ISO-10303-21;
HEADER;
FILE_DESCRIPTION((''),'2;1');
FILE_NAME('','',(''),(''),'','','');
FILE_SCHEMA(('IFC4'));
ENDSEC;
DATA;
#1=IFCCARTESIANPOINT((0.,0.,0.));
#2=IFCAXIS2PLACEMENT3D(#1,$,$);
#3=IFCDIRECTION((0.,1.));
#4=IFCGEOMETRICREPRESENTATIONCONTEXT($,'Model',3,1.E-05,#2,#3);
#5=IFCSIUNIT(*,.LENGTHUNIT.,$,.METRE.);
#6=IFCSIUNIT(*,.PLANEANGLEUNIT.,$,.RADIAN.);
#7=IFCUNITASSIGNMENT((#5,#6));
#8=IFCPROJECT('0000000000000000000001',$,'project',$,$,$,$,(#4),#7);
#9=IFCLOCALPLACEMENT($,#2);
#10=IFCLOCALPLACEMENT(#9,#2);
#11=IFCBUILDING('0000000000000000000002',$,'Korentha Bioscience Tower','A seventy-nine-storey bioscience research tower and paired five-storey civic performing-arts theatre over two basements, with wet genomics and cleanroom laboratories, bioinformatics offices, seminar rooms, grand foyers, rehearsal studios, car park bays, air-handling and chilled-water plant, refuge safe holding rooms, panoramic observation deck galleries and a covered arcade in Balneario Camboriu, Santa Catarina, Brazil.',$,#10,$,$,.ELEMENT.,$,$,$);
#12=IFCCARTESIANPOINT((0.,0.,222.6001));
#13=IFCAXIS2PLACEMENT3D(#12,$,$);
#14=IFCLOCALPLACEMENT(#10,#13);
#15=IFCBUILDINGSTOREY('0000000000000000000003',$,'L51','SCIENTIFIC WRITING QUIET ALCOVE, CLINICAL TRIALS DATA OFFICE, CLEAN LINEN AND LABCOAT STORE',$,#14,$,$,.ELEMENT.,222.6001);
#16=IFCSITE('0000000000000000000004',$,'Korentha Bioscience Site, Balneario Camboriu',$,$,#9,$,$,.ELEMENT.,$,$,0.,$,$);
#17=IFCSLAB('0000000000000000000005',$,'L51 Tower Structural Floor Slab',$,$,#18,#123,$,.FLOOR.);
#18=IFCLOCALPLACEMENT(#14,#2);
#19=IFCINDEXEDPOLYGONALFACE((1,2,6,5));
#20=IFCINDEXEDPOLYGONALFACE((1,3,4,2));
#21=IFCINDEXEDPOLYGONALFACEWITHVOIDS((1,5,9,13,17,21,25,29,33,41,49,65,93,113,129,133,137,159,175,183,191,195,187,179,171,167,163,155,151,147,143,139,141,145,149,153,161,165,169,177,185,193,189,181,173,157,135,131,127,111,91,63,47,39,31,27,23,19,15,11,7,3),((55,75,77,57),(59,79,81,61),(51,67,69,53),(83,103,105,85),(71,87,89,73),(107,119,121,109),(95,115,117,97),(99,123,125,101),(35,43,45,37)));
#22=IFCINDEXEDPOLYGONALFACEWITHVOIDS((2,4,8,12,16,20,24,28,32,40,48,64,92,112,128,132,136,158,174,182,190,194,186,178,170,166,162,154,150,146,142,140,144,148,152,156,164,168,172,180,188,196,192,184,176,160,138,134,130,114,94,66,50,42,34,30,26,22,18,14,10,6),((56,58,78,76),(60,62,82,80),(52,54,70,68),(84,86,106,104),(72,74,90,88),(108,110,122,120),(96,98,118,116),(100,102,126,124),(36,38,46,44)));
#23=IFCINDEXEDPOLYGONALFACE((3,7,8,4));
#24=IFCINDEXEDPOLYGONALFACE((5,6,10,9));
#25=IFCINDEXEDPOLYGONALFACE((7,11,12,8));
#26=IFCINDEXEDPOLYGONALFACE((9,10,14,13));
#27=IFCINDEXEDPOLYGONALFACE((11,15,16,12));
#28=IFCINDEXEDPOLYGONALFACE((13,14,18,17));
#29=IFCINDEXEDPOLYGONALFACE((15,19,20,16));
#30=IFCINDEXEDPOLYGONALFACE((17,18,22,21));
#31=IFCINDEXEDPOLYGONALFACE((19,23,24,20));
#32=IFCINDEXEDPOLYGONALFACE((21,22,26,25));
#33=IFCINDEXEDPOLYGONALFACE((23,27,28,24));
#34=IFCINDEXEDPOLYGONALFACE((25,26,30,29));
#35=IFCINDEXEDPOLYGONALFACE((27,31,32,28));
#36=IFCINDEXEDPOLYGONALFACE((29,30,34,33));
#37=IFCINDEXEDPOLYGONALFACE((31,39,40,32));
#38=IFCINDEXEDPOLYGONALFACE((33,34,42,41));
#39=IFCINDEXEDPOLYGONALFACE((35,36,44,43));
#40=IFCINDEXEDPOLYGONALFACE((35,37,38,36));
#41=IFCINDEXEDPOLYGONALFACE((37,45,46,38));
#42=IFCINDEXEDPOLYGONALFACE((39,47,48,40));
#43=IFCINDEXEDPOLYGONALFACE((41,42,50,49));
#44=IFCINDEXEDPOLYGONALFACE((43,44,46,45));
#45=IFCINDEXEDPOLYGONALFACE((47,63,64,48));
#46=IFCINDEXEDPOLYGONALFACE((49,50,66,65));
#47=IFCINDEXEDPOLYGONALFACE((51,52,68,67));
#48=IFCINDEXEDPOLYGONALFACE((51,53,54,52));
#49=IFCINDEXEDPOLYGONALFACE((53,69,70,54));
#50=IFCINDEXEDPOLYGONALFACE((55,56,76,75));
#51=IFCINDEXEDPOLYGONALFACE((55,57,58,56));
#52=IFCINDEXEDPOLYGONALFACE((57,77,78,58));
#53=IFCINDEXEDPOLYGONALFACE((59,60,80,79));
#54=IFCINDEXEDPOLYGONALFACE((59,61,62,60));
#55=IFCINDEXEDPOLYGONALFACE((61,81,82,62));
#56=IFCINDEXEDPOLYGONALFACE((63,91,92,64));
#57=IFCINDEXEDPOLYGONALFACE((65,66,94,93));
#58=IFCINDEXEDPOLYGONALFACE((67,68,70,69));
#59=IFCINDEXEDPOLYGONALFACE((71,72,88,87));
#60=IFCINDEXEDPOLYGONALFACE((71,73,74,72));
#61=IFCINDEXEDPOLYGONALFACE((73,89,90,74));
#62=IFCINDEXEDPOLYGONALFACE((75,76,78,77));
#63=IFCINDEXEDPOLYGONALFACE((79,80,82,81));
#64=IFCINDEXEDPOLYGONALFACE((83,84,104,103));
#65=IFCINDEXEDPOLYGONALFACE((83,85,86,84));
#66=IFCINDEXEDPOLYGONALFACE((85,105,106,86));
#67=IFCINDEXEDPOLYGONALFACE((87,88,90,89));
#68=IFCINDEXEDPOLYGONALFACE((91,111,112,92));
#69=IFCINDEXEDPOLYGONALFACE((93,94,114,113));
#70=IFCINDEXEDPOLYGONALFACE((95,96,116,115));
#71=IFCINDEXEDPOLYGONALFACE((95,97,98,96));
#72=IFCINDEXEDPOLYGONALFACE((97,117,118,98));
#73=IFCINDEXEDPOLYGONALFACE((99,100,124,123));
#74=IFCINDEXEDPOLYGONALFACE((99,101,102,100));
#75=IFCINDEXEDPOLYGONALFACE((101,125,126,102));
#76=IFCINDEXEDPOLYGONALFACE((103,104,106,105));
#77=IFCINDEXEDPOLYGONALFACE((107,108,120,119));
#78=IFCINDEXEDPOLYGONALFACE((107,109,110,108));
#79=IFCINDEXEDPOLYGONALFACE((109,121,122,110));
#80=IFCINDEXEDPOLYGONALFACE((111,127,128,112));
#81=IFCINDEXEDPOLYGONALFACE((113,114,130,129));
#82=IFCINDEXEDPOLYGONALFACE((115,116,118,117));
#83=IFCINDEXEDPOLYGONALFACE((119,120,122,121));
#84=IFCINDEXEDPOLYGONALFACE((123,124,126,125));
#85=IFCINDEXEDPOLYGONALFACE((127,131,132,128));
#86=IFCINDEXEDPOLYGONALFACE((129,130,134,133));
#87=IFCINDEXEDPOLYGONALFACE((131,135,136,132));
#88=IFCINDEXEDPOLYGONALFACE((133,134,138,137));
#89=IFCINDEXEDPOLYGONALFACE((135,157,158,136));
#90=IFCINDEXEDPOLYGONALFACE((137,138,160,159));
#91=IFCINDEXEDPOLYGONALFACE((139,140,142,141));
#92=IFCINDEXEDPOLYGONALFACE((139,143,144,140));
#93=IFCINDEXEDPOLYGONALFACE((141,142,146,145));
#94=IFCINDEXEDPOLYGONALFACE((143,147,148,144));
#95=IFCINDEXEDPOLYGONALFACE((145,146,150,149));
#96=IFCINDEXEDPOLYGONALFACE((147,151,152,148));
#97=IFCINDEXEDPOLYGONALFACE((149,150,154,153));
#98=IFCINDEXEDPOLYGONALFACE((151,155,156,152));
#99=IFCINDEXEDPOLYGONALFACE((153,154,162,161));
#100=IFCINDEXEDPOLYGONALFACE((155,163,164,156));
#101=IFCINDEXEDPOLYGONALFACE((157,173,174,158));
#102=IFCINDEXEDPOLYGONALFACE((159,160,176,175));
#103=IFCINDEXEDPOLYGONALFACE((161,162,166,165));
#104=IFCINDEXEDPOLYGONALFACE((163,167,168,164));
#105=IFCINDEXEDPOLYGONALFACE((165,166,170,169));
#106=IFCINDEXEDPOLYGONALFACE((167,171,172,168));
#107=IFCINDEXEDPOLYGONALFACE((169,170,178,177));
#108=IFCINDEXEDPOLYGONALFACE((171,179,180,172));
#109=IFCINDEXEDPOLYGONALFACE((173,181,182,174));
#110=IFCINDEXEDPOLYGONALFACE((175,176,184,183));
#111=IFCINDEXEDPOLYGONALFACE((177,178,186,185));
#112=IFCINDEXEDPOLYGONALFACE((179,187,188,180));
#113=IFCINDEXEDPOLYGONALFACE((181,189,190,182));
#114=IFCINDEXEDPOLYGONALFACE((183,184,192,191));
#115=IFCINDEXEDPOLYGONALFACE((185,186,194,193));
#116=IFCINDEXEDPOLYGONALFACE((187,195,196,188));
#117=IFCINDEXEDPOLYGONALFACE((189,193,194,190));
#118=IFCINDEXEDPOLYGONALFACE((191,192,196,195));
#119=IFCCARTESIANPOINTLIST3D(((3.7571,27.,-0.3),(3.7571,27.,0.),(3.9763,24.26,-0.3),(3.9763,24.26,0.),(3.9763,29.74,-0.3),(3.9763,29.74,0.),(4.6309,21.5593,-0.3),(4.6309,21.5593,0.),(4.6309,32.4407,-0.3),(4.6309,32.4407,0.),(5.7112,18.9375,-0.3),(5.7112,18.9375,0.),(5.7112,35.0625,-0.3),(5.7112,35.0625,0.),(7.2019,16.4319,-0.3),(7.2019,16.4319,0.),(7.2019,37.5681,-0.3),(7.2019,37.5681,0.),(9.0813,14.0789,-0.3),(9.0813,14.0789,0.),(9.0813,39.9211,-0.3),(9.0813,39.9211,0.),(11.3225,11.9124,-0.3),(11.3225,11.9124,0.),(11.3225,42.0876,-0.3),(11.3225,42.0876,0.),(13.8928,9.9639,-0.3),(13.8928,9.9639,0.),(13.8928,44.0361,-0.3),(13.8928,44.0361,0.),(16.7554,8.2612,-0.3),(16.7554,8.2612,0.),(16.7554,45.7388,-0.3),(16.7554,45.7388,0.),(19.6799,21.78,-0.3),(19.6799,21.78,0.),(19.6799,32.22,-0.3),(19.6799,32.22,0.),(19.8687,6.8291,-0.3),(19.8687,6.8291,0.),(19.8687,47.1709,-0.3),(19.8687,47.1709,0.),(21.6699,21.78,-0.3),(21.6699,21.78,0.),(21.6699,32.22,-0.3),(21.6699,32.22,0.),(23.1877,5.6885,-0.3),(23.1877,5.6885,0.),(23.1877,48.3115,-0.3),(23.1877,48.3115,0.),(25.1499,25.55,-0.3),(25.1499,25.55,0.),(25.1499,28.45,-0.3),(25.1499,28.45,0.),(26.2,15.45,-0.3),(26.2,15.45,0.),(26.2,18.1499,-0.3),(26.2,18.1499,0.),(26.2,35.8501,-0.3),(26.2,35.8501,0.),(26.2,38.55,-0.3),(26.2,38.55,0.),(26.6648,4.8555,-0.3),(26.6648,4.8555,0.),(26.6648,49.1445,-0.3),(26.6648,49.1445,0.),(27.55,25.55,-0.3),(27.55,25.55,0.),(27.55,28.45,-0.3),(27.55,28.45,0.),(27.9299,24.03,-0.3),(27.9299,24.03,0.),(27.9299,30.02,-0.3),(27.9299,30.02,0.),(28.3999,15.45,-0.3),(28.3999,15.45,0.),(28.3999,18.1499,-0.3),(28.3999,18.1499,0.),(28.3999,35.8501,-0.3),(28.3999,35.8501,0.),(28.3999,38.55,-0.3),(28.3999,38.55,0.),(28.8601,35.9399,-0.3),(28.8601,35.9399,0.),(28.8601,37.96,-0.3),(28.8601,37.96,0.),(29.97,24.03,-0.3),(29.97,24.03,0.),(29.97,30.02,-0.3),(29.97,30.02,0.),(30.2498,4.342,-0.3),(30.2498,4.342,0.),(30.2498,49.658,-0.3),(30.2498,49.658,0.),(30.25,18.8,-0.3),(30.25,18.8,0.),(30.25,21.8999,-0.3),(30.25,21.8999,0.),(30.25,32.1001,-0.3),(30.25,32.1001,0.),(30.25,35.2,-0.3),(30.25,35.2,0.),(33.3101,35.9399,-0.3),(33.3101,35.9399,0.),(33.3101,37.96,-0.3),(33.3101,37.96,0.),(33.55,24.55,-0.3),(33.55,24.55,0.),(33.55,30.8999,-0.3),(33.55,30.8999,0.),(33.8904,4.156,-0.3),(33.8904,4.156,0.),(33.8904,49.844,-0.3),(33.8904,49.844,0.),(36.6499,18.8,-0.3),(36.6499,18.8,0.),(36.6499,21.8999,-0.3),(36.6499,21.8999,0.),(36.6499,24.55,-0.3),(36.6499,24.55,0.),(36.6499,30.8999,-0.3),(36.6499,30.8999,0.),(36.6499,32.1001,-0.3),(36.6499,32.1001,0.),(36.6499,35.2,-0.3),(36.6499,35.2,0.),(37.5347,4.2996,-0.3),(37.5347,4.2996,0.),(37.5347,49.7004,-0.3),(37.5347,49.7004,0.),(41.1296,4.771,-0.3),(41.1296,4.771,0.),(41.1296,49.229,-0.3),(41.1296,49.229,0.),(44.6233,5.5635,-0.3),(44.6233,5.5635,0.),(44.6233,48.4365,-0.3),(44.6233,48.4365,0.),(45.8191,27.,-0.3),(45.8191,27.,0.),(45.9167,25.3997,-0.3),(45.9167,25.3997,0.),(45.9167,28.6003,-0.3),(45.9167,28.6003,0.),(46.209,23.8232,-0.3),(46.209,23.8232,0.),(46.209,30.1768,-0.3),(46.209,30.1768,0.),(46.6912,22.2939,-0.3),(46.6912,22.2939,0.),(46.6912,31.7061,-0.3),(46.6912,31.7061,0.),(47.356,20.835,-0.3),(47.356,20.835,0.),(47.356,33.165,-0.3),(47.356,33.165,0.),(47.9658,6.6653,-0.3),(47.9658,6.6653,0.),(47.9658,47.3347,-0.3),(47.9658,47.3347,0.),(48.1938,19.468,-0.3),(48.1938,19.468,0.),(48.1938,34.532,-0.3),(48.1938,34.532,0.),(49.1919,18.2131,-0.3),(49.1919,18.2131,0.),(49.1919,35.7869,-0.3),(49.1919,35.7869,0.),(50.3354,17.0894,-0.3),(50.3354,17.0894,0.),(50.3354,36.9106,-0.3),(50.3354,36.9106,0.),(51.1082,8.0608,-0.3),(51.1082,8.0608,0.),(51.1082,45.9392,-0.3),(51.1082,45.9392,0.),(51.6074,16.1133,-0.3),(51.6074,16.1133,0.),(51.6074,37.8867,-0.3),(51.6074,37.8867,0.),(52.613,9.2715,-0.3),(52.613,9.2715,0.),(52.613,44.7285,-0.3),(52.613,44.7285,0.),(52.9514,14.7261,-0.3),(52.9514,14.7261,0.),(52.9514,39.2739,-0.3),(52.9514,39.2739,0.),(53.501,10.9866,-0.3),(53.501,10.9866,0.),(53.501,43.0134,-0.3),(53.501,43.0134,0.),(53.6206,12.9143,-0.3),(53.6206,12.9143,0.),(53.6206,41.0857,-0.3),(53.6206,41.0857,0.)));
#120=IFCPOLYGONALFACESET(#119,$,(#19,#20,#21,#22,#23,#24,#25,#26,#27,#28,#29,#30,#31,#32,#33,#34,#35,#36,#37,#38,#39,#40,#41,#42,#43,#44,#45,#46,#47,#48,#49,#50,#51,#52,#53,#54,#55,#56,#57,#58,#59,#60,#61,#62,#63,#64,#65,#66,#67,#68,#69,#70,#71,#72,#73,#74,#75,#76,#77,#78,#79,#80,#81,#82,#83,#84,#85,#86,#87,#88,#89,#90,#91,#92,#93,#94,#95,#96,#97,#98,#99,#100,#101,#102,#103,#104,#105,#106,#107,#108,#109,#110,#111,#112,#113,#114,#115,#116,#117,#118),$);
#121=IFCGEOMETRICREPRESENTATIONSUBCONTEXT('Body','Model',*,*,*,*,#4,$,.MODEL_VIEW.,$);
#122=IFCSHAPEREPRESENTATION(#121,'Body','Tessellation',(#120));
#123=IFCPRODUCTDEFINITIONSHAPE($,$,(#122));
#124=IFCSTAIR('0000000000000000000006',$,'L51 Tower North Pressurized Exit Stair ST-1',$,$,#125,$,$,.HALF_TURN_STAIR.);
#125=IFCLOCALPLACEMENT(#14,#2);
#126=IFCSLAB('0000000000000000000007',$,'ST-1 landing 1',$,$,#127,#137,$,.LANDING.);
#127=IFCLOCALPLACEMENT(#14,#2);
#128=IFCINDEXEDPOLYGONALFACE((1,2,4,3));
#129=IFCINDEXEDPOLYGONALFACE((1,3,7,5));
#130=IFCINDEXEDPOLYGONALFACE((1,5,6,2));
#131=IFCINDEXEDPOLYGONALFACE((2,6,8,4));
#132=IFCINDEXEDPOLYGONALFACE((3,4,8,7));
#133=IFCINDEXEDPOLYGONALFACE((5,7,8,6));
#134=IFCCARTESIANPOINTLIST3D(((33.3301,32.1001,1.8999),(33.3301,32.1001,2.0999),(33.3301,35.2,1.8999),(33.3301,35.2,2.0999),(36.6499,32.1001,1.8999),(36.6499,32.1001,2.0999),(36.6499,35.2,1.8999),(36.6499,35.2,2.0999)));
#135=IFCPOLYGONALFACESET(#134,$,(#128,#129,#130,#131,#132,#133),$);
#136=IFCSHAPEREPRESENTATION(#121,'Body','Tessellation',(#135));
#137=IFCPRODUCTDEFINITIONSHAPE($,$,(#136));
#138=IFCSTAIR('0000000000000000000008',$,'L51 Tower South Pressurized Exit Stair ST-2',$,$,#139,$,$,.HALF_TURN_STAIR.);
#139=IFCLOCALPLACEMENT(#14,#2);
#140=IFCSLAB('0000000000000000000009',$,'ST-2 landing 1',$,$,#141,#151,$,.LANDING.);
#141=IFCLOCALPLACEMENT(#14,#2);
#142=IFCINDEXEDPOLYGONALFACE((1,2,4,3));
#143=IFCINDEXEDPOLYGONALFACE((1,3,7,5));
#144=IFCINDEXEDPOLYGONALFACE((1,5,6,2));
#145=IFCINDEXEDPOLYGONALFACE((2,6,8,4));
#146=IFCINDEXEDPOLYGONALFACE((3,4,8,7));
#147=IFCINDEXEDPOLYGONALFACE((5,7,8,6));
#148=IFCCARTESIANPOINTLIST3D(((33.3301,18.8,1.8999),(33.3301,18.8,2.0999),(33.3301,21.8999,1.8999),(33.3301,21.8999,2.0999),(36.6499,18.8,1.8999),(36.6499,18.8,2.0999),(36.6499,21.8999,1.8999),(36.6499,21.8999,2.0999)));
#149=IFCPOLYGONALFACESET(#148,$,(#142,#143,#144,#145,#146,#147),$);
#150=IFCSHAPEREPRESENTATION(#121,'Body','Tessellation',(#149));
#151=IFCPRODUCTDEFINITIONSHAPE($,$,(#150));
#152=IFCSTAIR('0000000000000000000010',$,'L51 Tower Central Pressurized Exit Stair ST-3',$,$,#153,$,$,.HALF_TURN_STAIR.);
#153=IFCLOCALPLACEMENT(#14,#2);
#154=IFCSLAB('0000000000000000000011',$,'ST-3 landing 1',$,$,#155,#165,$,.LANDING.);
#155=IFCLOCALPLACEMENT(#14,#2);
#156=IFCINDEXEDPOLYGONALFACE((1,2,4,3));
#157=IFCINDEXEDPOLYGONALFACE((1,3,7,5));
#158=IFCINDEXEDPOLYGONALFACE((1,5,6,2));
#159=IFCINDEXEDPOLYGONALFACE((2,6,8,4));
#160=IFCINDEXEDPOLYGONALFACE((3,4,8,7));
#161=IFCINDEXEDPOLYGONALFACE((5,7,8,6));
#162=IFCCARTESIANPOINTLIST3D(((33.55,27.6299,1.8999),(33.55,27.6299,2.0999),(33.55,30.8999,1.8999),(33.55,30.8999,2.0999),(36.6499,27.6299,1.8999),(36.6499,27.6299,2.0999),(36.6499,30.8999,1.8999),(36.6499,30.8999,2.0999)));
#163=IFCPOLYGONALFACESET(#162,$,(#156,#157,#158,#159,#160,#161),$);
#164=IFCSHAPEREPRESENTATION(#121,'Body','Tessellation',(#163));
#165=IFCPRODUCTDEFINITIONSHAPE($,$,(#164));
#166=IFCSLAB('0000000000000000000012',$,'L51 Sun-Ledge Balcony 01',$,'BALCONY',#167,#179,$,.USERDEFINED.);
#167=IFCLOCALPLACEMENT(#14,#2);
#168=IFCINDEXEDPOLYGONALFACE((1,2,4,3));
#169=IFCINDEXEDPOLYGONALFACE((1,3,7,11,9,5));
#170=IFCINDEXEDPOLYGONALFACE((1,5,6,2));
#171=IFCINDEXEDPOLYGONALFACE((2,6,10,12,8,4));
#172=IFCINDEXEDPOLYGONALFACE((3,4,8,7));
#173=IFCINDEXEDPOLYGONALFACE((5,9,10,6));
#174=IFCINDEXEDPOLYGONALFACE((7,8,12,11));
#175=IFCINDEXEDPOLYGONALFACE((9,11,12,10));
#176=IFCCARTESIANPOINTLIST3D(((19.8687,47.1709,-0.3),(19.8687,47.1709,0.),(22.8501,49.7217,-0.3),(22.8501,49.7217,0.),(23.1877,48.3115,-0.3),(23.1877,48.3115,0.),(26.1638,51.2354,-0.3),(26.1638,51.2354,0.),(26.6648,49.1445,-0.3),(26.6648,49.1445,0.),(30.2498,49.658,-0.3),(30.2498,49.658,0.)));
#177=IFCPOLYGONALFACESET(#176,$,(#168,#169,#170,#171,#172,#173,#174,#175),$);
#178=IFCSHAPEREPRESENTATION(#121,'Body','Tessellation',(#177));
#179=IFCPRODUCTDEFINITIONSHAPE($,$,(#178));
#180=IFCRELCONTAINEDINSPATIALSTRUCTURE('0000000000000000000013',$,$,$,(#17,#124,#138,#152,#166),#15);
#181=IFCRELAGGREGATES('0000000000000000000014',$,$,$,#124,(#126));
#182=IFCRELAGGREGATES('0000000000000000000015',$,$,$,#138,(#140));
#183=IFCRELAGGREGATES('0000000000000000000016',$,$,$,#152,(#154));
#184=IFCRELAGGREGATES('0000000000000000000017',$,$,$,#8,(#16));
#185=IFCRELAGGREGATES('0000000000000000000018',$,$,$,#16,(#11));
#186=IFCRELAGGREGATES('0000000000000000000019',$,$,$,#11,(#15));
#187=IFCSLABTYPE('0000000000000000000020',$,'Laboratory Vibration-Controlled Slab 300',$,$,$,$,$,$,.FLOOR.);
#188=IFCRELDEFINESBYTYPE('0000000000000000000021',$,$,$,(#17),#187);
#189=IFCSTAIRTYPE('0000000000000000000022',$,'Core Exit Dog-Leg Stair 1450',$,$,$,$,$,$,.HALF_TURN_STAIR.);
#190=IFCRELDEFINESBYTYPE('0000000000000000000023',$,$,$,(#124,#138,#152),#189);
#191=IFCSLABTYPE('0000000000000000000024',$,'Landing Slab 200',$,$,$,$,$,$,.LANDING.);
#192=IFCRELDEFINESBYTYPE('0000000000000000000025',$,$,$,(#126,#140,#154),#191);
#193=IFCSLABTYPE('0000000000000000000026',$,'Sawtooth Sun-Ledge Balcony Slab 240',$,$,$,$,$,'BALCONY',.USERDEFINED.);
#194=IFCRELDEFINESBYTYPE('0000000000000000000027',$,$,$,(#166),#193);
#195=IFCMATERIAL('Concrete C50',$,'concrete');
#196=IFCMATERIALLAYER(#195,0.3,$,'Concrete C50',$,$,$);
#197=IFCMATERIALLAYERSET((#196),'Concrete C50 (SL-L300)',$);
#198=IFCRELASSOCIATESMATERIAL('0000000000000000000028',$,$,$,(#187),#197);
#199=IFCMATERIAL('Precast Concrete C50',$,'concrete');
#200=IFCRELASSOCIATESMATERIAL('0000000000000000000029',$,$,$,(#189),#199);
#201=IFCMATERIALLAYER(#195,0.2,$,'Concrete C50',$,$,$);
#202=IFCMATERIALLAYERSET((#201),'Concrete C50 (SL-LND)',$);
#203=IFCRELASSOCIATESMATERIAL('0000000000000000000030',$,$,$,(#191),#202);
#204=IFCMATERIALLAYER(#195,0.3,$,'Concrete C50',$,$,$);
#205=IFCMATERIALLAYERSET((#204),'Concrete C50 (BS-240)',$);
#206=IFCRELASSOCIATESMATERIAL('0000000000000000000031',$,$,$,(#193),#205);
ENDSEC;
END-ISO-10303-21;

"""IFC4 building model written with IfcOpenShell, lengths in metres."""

from ifc_helpers import new_model, si_unit, direction, frame, origin, place, context, subcontext, project, spatial, polyline, outline, extrude, material, layer, layer_set, type_object, element, aggregate, save


model = new_model("IFC4")

# Units and contexts
model_context = context("Model", 3, precision=1e-05, world=origin(), true_north=direction((0.0, 1.0)))
body_context = subcontext(model_context, "Body", "Model", "MODEL_VIEW")
ifc_project = project(units=[si_unit("LENGTHUNIT", "METRE"), si_unit("PLANEANGLEUNIT", "RADIAN")], contexts=[model_context])

# Site, building, storey
site_placement = place(None, origin())
site = spatial("IfcSite", under=ifc_project, at=site_placement, Name="Korentha Bioscience Site, Balneario Camboriu", CompositionType="ELEMENT", RefElevation=0.0)
building_placement = place(site_placement, origin())
building = spatial("IfcBuilding", under=site, at=building_placement, Name="Korentha Bioscience Tower", Description="A seventy-nine-storey bioscience research tower and paired five-storey civic performing-arts theatre over two basements, with wet genomics and cleanroom laboratories, bioinformatics offices, seminar rooms, grand foyers, rehearsal studios, car park bays, air-handling and chilled-water plant, refuge safe holding rooms, panoramic observation deck galleries and a covered arcade in Balneario Camboriu, Santa Catarina, Brazil.", CompositionType="ELEMENT")
storey_placement = place(building_placement, frame((0.0, 0.0, 222.6001)))
storey = spatial("IfcBuildingStorey", under=building, at=storey_placement, Name="L51", Description="SCIENTIFIC WRITING QUIET ALCOVE, CLINICAL TRIALS DATA OFFICE, CLEAN LINEN AND LABCOAT STORE", CompositionType="ELEMENT", Elevation=222.6001)

# Slab
ifc_material_1 = material(Name="Concrete C50", Category="concrete")
ifc_layer_1 = layer(ifc_material_1, 0.3, Name="Concrete C50")
ifc_layer_set_1 = layer_set([ifc_layer_1], Name="Concrete C50 (SL-L300)")
slab_type_1 = type_object("IfcSlabType", Name="Laboratory Vibration-Controlled Slab 300", PredefinedType="FLOOR", material=ifc_layer_set_1)
slab_1_placement = place(storey_placement, frame((0.0, 0.0, -0.3)))
element("IfcSlab", 1, at=slab_1_placement, inside=storey, type_object=slab_type_1, Name="L51 Tower Structural Floor Slab", PredefinedType="FLOOR", context=body_context, shape_type="SweptSolid", body=[
    extrude(outline(polyline([(51.1082, 45.9392), (47.9658, 47.3347), (44.6233, 48.4365), (41.1296, 49.229), (37.5347, 49.7004), (33.8904, 49.844), (30.2498, 49.658), (26.6648, 49.1445), (23.1877, 48.3115), (19.8687, 47.1709), (16.7554, 45.7388), (13.8928, 44.0361), (11.3225, 42.0876), (9.0813, 39.9211), (7.2019, 37.5681), (5.7112, 35.0625), (4.6309, 32.4407), (3.9763, 29.74), (3.7571, 27.0), (3.9763, 24.26), (4.6309, 21.5593), (5.7112, 18.9375), (7.2019, 16.4319), (9.0813, 14.0789), (11.3225, 11.9124), (13.8928, 9.9639), (16.7554, 8.2612), (19.8687, 6.8291), (23.1877, 5.6885), (26.6648, 4.8555), (30.2498, 4.342), (33.8904, 4.156), (37.5347, 4.2996), (41.1296, 4.771), (44.6233, 5.5635), (47.9658, 6.6653), (51.1082, 8.0608), (52.613, 9.2715), (53.501, 10.9866), (53.6206, 12.9143), (52.9514, 14.7261), (51.6074, 16.1133), (50.3354, 17.0894), (49.1919, 18.2131), (48.1938, 19.468), (47.356, 20.835), (46.6912, 22.2939), (46.209, 23.8232), (45.9167, 25.3997), (45.8191, 27.0), (45.9167, 28.6003), (46.209, 30.1768), (46.6912, 31.7061), (47.356, 33.165), (48.1938, 34.532), (49.1919, 35.7869), (50.3354, 36.9106), (51.6074, 37.8867), (52.9514, 39.2739), (53.6206, 41.0857), (53.501, 43.0134), (52.613, 44.7285), (51.1082, 45.9392)]), holes=[polyline([(30.25, 32.1001), (36.6499, 32.1001), (36.6499, 35.2), (30.25, 35.2), (30.25, 32.1001)]), polyline([(30.25, 18.8), (36.6499, 18.8), (36.6499, 21.8999), (30.25, 21.8999), (30.25, 18.8)]), polyline([(36.6499, 24.55), (36.6499, 30.8999), (33.55, 30.8999), (33.55, 24.55), (36.6499, 24.55)]), polyline([(19.6799, 21.78), (21.6699, 21.78), (21.6699, 32.22), (19.6799, 32.22), (19.6799, 21.78)]), polyline([(27.9299, 24.03), (29.97, 24.03), (29.97, 30.02), (27.9299, 30.02), (27.9299, 24.03)]), polyline([(28.8601, 35.9399), (33.3101, 35.9399), (33.3101, 37.96), (28.8601, 37.96), (28.8601, 35.9399)]), polyline([(26.2, 15.45), (28.3999, 15.45), (28.3999, 18.1499), (26.2, 18.1499), (26.2, 15.45)]), polyline([(26.2, 35.8501), (28.3999, 35.8501), (28.3999, 38.55), (26.2, 38.55), (26.2, 35.8501)]), polyline([(25.1499, 25.55), (27.55, 25.55), (27.55, 28.45), (25.1499, 28.45), (25.1499, 25.55)])]), origin(), (0.0, 0.0, 1.0), 0.3),
])

# Stairs, slabs
ifc_material_2 = material(Name="Precast Concrete C50", Category="concrete")
stair_type = type_object("IfcStairType", Name="Core Exit Dog-Leg Stair 1450", PredefinedType="HALF_TURN_STAIR", material=ifc_material_2)
stair_1_placement = place(storey_placement, origin())
stair_1 = element("IfcStair", 2, at=stair_1_placement, inside=storey, type_object=stair_type, Name="L51 Tower North Pressurized Exit Stair ST-1", PredefinedType="HALF_TURN_STAIR")
ifc_layer_2 = layer(ifc_material_1, 0.2, Name="Concrete C50")
ifc_layer_set_2 = layer_set([ifc_layer_2], Name="Concrete C50 (SL-LND)")
slab_type_2 = type_object("IfcSlabType", Name="Landing Slab 200", PredefinedType="LANDING", material=ifc_layer_set_2)
slab_2_placement = place(storey_placement, frame((0.0, 0.0, 1.8999)))
slab_2 = element("IfcSlab", 3, at=slab_2_placement, type_object=slab_type_2, Name="ST-1 landing 1", PredefinedType="LANDING", context=body_context, shape_type="SweptSolid", body=[
    extrude(outline(polyline([(33.3301, 32.1001), (36.6499, 32.1001), (36.6499, 35.2), (33.3301, 35.2), (33.3301, 32.1001)])), origin(), (0.0, 0.0, 1.0), 0.2),
])
aggregate(stair_1, [slab_2])
stair_2_placement = place(storey_placement, origin())
stair_2 = element("IfcStair", 4, at=stair_2_placement, inside=storey, type_object=stair_type, Name="L51 Tower South Pressurized Exit Stair ST-2", PredefinedType="HALF_TURN_STAIR")
slab_3_placement = place(storey_placement, frame((0.0, 0.0, 1.8999)))
slab_3 = element("IfcSlab", 5, at=slab_3_placement, type_object=slab_type_2, Name="ST-2 landing 1", PredefinedType="LANDING", context=body_context, shape_type="SweptSolid", body=[
    extrude(outline(polyline([(33.3301, 18.8), (36.6499, 18.8), (36.6499, 21.8999), (33.3301, 21.8999), (33.3301, 18.8)])), origin(), (0.0, 0.0, 1.0), 0.2),
])
aggregate(stair_2, [slab_3])
stair_3_placement = place(storey_placement, origin())
stair_3 = element("IfcStair", 6, at=stair_3_placement, inside=storey, type_object=stair_type, Name="L51 Tower Central Pressurized Exit Stair ST-3", PredefinedType="HALF_TURN_STAIR")
slab_4_placement = place(storey_placement, frame((0.0, 0.0, 1.8999)))
slab_4 = element("IfcSlab", 7, at=slab_4_placement, type_object=slab_type_2, Name="ST-3 landing 1", PredefinedType="LANDING", context=body_context, shape_type="SweptSolid", body=[
    extrude(outline(polyline([(36.6499, 27.6299), (36.6499, 30.8999), (33.55, 30.8999), (33.55, 27.6299), (36.6499, 27.6299)])), origin(), (0.0, 0.0, 1.0), 0.2),
])
aggregate(stair_3, [slab_4])

# Slab
ifc_layer_3 = layer(ifc_material_1, 0.3, Name="Concrete C50")
ifc_layer_set_3 = layer_set([ifc_layer_3], Name="Concrete C50 (BS-240)")
slab_type_3 = type_object("IfcSlabType", Name="Sawtooth Sun-Ledge Balcony Slab 240", ElementType="BALCONY", PredefinedType="USERDEFINED", material=ifc_layer_set_3)
slab_5_placement = place(storey_placement, frame((0.0, 0.0, -0.3)))
element("IfcSlab", 8, at=slab_5_placement, inside=storey, type_object=slab_type_3, Name="L51 Sun-Ledge Balcony 01", ObjectType="BALCONY", PredefinedType="USERDEFINED", context=body_context, shape_type="SweptSolid", body=[
    extrude(outline(polyline([(19.8687, 47.1709), (23.1877, 48.3115), (26.6648, 49.1445), (30.2498, 49.658), (26.1638, 51.2354), (22.8501, 49.7217), (19.8687, 47.1709)])), origin(), (0.0, 0.0, 1.0), 0.3),
])

save(model, "model.ifc")
